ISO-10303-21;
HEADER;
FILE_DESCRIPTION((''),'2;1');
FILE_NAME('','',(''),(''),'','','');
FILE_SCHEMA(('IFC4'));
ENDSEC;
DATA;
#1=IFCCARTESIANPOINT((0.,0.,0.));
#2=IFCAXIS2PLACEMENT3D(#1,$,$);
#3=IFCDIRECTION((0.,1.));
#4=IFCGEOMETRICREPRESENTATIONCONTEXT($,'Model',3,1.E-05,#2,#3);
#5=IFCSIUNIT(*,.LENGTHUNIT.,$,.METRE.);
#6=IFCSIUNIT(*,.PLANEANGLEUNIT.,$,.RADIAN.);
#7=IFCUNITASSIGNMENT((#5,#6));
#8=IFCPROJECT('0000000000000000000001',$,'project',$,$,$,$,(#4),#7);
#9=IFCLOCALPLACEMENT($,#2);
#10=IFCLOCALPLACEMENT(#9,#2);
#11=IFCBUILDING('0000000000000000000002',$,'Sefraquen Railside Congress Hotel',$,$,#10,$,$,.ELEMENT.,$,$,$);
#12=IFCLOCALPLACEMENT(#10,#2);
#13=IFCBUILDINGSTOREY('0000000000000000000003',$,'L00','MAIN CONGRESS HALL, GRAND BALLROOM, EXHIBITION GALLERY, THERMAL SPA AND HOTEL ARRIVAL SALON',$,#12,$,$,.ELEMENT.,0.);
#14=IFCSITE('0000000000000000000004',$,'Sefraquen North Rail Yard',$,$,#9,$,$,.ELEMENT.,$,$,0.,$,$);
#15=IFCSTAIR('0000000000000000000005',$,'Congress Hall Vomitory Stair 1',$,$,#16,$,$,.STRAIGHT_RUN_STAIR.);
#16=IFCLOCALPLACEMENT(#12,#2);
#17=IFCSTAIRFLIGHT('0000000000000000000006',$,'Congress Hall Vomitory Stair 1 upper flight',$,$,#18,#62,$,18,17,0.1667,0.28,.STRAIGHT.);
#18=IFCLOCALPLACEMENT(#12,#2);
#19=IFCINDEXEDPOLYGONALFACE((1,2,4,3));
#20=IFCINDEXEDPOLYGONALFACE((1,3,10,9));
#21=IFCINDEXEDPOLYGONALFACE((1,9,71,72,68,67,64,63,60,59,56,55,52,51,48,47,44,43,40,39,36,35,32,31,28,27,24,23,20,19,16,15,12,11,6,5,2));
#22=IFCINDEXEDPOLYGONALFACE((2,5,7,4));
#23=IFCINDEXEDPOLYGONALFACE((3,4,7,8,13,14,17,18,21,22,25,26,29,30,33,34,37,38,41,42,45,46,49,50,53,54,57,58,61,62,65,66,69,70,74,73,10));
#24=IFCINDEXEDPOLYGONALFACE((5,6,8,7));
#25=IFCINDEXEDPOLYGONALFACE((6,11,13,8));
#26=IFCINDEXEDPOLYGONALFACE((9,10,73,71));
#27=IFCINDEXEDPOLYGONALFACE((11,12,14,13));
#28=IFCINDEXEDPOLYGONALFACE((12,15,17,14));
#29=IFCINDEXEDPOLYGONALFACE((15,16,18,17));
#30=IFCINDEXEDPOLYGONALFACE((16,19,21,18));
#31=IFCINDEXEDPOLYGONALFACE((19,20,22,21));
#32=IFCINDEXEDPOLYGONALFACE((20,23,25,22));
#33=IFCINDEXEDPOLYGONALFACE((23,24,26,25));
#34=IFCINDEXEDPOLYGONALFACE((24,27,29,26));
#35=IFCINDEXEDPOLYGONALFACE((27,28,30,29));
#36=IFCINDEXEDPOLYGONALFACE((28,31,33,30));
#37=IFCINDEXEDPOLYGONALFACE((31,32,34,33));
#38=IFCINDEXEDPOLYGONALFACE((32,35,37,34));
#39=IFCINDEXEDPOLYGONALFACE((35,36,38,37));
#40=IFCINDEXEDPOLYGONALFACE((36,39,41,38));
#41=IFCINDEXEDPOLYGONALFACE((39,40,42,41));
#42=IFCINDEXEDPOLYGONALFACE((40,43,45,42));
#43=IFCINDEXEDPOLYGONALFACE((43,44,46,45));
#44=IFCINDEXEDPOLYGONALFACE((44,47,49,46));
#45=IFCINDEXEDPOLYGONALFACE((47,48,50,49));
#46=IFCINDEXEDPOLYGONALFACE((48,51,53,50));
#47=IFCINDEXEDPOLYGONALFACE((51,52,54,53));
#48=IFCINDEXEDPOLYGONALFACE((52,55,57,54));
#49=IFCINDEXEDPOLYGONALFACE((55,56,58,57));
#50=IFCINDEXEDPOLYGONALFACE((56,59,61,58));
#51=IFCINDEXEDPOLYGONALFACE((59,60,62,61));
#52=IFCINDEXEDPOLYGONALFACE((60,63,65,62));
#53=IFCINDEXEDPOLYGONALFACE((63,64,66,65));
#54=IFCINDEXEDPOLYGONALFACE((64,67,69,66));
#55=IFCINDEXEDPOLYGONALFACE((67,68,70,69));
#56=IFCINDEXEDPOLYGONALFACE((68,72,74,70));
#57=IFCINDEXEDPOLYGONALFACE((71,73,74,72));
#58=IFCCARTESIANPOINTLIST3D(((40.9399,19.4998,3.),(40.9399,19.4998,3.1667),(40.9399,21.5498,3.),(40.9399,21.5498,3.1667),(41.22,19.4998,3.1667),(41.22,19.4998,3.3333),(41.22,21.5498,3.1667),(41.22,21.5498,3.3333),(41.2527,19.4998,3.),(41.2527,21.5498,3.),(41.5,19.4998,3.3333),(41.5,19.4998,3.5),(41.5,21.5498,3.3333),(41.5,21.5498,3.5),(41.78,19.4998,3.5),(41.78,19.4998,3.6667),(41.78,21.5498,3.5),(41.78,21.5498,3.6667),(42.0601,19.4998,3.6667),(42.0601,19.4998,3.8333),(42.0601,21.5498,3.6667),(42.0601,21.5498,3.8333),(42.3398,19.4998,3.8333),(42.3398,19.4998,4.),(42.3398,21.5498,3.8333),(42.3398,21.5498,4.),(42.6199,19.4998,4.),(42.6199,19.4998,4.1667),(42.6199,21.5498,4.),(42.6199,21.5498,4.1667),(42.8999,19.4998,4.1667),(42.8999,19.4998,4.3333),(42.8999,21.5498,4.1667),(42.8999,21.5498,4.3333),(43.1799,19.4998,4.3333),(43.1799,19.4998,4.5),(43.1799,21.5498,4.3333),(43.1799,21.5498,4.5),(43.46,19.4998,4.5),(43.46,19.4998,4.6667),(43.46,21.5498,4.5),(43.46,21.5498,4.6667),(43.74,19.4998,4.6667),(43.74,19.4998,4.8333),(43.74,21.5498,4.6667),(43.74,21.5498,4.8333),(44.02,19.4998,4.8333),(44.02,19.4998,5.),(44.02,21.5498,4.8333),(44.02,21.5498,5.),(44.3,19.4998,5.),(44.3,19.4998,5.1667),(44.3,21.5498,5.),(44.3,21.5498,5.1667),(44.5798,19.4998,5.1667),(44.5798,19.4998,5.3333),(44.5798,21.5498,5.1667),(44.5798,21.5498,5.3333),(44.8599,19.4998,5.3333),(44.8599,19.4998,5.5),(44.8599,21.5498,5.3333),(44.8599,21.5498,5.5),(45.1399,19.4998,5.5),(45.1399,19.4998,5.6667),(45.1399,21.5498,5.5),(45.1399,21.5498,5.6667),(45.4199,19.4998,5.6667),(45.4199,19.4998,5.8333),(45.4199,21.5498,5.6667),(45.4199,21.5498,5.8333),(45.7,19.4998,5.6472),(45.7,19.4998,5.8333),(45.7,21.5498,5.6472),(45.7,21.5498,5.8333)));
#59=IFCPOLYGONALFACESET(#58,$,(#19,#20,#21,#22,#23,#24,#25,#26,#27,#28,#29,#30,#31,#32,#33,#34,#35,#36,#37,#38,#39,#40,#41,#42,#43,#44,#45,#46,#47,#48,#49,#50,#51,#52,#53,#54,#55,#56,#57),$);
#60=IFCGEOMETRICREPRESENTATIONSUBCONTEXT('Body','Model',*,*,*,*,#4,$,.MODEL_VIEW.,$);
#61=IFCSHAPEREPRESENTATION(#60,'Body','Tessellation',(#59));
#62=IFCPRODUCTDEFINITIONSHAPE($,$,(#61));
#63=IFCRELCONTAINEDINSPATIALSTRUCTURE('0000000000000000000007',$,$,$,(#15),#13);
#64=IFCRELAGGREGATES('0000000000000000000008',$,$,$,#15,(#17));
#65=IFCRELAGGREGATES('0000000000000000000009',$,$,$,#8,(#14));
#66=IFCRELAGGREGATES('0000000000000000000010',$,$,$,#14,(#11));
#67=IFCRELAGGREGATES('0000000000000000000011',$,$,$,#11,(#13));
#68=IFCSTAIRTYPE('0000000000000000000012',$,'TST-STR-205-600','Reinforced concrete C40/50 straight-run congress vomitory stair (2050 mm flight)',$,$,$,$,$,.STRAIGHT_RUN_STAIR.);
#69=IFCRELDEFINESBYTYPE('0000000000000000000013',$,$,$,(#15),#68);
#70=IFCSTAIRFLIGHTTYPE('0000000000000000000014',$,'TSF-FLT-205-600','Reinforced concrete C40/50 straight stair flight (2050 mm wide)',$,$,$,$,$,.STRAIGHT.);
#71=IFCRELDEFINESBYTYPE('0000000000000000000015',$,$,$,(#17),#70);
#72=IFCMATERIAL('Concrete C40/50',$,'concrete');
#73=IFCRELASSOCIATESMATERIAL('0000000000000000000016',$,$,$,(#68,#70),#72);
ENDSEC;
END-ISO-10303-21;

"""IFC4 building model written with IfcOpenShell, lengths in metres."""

from ifc_helpers import new_model, si_unit, direction, frame, origin, place, context, subcontext, project, spatial, polyline, outline, extrude, material, type_object, element, aggregate, save


model = new_model("IFC4")

# Units and contexts
model_context = context("Model", 3, precision=1e-05, world=origin(), true_north=direction((0.0, 1.0)))
body_context = subcontext(model_context, "Body", "Model", "MODEL_VIEW")
ifc_project = project(units=[si_unit("LENGTHUNIT", "METRE"), si_unit("PLANEANGLEUNIT", "RADIAN")], contexts=[model_context])

# Site, building, storey
site_placement = place(None, origin())
site = spatial("IfcSite", under=ifc_project, at=site_placement, Name="Sefraquen North Rail Yard", CompositionType="ELEMENT", RefElevation=0.0)
building_placement = place(site_placement, origin())
building = spatial("IfcBuilding", under=site, at=building_placement, Name="Sefraquen Railside Congress Hotel", CompositionType="ELEMENT")
storey_placement = place(building_placement, origin())
storey = spatial("IfcBuildingStorey", under=building, at=storey_placement, Name="L00", Description="MAIN CONGRESS HALL, GRAND BALLROOM, EXHIBITION GALLERY, THERMAL SPA AND HOTEL ARRIVAL SALON", CompositionType="ELEMENT", Elevation=0.0)

# Stair, stair flight
ifc_material_1 = material(Name="Concrete C40/50", Category="concrete")
stair_type = type_object("IfcStairType", Name="TST-STR-205-600", Description="Reinforced concrete C40/50 straight-run congress vomitory stair (2050 mm flight)", PredefinedType="STRAIGHT_RUN_STAIR", material=ifc_material_1)
stair_placement = place(storey_placement, origin())
stair = element("IfcStair", 1, at=stair_placement, inside=storey, type_object=stair_type, Name="Congress Hall Vomitory Stair 1", PredefinedType="STRAIGHT_RUN_STAIR")
stair_flight_type = type_object("IfcStairFlightType", Name="TSF-FLT-205-600", Description="Reinforced concrete C40/50 straight stair flight (2050 mm wide)", PredefinedType="STRAIGHT", material=ifc_material_1)
stair_flight_placement = place(storey_placement, frame((40.9399, 20.5249, 3.0), z_axis=(0.0, 0.0, 1.0), x_axis=(1.0, 0.0, 0.0)))
stair_flight = element("IfcStairFlight", 2, at=stair_flight_placement, type_object=stair_flight_type, Name="Congress Hall Vomitory Stair 1 upper flight", NumberOfRisers=18, NumberOfTreads=17, PredefinedType="STRAIGHT", RiserHeight=0.1667, TreadLength=0.28, context=body_context, shape_type="SweptSolid", body=[
    extrude(outline(polyline([(0.0, 0.0), (0.0, 0.1667), (0.28, 0.1667), (0.28, 0.3333), (0.5601, 0.3333), (0.5601, 0.5), (0.8401, 0.5), (0.8401, 0.6667), (1.1201, 0.6667), (1.1201, 0.8333), (1.3999, 0.8333), (1.3999, 1.0), (1.6799, 1.0), (1.6799, 1.1667), (1.96, 1.1667), (1.96, 1.3333), (2.24, 1.3333), (2.24, 1.5), (2.52, 1.5), (2.52, 1.6667), (2.8, 1.6667), (2.8, 1.8333), (3.0801, 1.8333), (3.0801, 2.0), (3.3601, 2.0), (3.3601, 2.1667), (3.6399, 2.1667), (3.6399, 2.3333), (3.9199, 2.3333), (3.9199, 2.5), (4.2, 2.5), (4.2, 2.6667), (4.48, 2.6667), (4.48, 2.8333), (4.76, 2.8333), (4.76, 3.0), (4.76, 2.6472), (0.3127, 0.0), (0.0, 0.0)])), frame((0.0, 1.0249, 0.0), z_axis=(0.0, -1.0, 0.0), x_axis=(1.0, 0.0, 0.0)), (0.0, 0.0, 1.0), 2.05),
])
aggregate(stair, [stair_flight])

save(model, "model.ifc")
